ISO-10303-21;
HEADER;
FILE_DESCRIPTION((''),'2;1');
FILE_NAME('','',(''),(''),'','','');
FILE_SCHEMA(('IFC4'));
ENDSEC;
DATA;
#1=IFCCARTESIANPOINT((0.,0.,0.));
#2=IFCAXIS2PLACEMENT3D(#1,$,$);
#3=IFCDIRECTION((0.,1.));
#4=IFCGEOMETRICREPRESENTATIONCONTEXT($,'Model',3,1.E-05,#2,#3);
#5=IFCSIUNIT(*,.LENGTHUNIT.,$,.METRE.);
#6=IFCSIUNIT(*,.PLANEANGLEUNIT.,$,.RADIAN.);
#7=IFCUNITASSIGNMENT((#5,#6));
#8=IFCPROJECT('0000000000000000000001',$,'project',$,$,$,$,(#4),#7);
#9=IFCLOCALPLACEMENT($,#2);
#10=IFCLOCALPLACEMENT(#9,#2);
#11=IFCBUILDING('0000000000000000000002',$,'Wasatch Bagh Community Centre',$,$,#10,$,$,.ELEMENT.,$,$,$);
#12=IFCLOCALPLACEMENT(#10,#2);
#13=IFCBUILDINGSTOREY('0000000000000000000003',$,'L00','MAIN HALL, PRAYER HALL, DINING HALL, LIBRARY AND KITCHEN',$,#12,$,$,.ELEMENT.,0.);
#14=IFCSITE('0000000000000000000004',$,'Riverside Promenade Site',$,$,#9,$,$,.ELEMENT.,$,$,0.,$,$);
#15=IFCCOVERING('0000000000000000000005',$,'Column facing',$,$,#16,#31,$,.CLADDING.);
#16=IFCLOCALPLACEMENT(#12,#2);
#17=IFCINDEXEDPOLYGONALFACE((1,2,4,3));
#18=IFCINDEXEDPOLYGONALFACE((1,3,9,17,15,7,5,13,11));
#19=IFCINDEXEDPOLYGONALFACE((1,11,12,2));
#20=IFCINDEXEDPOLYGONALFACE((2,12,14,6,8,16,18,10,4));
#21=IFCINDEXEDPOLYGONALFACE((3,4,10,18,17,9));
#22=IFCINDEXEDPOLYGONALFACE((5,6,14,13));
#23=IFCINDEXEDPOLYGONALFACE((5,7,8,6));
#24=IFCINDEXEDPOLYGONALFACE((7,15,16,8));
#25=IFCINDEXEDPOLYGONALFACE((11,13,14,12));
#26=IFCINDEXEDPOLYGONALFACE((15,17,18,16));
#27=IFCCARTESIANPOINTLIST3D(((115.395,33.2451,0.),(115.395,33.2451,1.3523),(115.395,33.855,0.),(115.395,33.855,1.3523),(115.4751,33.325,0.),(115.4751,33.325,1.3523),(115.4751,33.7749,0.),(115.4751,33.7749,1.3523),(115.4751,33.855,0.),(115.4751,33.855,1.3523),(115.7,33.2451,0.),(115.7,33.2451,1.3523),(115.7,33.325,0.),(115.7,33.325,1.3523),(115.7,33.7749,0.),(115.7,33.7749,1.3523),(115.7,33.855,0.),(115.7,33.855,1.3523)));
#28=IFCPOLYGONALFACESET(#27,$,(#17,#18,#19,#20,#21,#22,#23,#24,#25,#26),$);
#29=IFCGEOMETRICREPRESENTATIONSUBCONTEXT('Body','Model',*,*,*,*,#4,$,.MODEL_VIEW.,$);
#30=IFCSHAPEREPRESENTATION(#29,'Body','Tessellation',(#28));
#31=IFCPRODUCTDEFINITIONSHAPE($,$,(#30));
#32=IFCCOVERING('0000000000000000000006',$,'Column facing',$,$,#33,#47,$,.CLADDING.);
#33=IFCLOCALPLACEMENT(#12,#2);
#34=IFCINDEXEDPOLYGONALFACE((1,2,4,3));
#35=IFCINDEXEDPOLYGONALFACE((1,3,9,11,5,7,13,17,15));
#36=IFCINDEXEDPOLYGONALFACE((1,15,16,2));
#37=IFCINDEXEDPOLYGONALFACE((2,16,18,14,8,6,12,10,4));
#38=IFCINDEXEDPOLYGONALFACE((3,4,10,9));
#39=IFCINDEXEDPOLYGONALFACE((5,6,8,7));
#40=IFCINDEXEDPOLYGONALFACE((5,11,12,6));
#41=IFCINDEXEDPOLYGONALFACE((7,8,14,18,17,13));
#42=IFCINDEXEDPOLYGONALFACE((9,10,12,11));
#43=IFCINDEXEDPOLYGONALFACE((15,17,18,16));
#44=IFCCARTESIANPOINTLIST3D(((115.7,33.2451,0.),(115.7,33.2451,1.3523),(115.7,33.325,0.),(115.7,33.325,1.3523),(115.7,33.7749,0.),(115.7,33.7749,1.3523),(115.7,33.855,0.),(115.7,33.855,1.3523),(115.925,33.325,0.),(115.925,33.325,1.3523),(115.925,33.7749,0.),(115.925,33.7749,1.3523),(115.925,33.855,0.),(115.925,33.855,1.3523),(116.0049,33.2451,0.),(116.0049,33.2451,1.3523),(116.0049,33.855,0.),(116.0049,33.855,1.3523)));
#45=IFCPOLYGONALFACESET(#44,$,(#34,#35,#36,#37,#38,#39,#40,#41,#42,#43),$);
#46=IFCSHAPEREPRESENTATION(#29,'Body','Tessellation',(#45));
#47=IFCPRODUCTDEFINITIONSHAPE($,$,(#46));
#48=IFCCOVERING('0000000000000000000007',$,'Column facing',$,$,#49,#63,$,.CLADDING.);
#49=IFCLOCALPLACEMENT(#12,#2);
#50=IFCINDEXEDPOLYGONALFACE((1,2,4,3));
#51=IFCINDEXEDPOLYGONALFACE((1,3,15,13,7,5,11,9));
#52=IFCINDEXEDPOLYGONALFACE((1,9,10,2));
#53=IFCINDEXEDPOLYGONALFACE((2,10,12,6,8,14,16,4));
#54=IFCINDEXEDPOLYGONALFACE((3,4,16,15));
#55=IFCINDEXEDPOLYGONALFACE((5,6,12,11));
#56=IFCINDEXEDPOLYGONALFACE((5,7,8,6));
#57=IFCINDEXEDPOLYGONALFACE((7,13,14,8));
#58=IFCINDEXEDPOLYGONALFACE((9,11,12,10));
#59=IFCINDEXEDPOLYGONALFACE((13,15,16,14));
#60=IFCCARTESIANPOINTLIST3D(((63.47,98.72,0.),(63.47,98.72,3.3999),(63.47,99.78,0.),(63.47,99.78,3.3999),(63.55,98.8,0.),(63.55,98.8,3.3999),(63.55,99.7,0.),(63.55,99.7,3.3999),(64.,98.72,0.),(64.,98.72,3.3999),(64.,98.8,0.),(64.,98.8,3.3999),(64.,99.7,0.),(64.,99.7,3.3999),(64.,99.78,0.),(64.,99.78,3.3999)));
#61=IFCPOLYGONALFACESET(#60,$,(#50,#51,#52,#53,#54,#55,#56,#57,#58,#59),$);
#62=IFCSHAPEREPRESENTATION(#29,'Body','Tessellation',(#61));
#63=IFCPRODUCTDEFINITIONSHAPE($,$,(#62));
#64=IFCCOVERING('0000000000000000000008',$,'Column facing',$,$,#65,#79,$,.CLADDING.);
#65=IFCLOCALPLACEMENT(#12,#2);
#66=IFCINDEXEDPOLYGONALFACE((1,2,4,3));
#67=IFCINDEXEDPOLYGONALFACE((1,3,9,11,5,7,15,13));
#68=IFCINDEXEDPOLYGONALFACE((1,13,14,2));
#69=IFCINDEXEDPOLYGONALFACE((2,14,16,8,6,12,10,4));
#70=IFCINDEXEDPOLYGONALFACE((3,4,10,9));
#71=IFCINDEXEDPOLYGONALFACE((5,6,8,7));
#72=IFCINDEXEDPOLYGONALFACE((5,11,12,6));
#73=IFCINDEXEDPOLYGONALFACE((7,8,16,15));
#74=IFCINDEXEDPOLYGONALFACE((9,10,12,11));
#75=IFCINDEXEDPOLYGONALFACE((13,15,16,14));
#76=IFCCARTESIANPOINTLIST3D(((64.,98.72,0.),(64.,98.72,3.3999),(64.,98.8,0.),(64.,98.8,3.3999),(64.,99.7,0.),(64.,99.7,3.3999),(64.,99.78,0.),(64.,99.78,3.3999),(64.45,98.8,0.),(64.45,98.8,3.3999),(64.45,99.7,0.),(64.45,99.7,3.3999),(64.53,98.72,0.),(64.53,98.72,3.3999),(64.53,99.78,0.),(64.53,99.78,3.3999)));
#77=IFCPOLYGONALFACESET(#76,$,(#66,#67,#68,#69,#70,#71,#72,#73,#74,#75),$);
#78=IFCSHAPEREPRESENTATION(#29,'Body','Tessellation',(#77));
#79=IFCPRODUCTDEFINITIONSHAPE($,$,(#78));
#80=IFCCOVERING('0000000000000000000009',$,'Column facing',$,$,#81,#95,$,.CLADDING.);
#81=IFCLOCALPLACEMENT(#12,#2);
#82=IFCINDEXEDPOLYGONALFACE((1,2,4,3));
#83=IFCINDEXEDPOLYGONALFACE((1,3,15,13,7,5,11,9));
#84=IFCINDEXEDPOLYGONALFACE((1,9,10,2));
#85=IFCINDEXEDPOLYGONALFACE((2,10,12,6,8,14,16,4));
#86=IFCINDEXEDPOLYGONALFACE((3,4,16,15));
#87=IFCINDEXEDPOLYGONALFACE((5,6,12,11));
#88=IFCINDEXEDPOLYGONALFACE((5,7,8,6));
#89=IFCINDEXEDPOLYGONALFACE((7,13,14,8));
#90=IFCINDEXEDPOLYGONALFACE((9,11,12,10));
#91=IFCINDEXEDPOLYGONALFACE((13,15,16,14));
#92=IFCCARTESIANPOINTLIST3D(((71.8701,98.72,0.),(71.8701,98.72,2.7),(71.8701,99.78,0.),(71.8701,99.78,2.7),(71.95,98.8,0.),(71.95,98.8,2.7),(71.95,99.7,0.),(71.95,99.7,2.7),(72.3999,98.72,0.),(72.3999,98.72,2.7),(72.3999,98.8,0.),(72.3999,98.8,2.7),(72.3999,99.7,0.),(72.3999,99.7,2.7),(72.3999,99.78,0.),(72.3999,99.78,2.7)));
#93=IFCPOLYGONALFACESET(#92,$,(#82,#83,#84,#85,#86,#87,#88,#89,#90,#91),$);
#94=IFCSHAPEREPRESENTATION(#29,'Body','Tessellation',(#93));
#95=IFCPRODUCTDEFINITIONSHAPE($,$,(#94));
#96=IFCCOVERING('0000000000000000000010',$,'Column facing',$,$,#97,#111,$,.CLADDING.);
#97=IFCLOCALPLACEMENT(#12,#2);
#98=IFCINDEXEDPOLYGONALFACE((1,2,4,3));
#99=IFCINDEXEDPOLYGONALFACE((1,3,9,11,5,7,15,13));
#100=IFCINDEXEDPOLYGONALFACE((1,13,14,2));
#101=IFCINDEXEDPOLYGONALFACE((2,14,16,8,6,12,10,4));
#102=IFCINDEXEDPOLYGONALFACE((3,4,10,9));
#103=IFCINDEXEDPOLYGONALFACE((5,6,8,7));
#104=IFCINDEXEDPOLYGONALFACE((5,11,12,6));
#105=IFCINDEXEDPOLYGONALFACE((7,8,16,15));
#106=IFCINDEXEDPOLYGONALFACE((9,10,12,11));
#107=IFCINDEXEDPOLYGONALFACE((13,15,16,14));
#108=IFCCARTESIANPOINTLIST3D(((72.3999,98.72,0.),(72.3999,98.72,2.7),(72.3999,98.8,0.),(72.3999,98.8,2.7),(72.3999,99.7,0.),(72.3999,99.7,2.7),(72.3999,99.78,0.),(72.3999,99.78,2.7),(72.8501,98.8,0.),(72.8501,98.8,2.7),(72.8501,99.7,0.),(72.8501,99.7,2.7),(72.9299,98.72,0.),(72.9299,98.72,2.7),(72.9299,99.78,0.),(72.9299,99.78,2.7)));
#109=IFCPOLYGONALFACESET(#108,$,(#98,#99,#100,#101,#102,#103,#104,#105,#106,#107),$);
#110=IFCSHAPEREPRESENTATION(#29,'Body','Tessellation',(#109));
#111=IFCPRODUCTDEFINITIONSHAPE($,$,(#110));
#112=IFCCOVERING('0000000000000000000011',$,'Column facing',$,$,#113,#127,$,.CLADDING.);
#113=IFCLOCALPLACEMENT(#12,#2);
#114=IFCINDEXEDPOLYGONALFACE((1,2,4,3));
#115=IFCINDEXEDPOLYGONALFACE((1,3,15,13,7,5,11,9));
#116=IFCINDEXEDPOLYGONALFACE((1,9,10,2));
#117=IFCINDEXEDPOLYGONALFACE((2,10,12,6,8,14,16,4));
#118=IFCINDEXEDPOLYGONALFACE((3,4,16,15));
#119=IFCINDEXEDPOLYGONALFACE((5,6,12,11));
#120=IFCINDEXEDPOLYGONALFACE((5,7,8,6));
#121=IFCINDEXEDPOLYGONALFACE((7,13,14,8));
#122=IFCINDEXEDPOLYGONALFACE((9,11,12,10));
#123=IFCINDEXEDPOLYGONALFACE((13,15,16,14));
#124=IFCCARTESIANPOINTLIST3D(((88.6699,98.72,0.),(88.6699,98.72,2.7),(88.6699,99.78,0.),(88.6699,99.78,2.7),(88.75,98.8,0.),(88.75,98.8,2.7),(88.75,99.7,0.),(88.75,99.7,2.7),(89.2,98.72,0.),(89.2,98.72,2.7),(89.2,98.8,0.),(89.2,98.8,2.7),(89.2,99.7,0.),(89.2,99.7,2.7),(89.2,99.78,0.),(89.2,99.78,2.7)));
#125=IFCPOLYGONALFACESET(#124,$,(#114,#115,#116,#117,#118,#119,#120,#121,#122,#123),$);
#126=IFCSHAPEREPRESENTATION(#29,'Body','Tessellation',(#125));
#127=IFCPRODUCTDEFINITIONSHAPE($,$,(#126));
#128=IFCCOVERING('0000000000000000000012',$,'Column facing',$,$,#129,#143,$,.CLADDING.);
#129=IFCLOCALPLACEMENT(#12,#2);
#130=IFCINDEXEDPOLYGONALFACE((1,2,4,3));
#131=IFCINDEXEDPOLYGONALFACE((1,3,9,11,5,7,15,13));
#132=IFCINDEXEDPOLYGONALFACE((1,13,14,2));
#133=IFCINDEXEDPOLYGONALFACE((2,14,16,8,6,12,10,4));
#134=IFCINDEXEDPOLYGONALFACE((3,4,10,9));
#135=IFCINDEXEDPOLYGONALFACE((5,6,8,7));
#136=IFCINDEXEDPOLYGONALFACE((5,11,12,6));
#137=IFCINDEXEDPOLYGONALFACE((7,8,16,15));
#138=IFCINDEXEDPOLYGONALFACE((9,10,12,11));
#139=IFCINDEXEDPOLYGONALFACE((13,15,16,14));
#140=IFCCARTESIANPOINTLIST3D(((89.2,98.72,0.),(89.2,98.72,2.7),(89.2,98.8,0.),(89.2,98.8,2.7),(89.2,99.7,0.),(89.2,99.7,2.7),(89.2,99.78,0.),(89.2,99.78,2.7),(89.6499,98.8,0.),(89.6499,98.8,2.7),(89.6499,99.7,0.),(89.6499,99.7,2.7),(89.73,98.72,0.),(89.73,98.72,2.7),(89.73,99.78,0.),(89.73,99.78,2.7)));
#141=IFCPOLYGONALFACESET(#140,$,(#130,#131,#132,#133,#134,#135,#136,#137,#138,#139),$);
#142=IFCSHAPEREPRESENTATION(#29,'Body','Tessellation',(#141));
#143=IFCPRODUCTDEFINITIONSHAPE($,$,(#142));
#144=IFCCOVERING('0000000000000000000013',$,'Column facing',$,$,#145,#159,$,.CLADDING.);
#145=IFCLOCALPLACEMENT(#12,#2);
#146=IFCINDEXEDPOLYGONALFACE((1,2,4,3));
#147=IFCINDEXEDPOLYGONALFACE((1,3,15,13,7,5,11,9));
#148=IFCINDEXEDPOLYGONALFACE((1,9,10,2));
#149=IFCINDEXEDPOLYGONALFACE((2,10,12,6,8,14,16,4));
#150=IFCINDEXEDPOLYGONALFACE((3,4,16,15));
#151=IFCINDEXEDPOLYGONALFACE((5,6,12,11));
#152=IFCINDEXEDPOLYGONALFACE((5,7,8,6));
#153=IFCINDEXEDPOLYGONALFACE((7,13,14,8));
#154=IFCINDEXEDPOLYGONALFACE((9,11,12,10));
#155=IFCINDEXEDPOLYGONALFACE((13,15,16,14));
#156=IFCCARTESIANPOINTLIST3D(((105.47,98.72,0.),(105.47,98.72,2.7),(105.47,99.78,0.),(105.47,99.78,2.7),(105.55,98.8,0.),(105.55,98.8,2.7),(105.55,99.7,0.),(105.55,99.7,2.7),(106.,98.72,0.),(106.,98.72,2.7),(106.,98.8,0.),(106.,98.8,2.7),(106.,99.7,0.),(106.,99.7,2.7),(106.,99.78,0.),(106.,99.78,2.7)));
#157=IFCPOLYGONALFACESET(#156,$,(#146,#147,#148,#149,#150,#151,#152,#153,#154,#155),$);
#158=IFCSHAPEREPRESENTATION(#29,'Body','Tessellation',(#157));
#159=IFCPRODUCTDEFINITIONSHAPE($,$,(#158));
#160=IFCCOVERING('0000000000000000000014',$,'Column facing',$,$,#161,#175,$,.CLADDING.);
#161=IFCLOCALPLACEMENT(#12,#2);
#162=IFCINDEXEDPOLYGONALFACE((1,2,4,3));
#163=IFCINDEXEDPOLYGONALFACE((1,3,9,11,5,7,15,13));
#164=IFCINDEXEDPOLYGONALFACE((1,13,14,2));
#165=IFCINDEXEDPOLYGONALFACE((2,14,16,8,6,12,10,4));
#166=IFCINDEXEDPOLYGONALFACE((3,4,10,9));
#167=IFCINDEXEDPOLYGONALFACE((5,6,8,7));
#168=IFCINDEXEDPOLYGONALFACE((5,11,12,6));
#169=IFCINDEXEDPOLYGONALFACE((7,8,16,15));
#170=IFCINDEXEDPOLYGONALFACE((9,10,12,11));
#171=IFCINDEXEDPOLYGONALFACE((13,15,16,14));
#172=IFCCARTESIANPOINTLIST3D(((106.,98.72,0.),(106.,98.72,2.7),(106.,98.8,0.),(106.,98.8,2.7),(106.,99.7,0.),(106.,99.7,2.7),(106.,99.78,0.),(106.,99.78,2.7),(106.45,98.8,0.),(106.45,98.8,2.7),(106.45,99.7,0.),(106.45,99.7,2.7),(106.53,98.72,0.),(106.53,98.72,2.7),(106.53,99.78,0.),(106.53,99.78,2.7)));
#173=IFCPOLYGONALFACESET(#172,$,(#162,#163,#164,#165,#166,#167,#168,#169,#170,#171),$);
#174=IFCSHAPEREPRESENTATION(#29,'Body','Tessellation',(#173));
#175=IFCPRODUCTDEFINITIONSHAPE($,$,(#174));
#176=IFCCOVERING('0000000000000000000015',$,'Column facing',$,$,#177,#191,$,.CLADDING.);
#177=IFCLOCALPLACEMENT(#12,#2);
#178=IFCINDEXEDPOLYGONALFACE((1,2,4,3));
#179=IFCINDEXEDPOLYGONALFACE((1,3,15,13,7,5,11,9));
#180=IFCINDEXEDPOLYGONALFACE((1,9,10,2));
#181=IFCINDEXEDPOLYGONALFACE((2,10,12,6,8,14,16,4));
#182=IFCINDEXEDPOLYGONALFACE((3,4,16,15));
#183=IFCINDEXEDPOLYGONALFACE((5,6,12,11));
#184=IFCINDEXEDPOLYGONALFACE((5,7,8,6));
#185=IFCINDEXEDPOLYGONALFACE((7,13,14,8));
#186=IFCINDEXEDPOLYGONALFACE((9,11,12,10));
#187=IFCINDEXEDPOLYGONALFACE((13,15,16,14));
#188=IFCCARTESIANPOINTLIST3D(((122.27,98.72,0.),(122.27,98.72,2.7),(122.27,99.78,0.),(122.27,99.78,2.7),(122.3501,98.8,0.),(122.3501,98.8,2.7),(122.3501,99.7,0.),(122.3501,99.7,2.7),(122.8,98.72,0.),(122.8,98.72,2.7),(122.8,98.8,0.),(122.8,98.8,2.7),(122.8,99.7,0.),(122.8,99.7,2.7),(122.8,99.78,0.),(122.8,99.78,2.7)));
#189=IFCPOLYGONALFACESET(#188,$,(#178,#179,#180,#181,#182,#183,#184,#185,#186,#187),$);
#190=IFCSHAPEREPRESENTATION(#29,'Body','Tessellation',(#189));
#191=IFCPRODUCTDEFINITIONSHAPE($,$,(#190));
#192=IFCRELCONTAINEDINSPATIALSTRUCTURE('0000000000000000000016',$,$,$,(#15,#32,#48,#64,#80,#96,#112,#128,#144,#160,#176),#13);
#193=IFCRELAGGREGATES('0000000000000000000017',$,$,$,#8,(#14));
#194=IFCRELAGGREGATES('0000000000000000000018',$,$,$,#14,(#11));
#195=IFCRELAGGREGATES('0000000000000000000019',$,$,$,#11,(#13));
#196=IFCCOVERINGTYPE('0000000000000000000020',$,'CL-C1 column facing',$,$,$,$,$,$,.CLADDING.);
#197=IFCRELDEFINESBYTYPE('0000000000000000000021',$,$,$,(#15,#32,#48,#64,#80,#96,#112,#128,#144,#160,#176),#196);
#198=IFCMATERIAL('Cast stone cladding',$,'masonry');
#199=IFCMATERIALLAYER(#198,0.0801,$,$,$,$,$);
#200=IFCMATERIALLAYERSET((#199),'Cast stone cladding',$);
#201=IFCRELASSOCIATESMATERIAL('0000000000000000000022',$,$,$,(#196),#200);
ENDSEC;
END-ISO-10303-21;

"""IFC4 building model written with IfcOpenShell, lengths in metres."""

from ifc_helpers import new_model, si_unit, direction, origin, place, context, subcontext, project, spatial, polyline, outline, extrude, material, layer, layer_set, type_object, element, save


model = new_model("IFC4")

# Units and contexts
model_context = context("Model", 3, precision=1e-05, world=origin(), true_north=direction((0.0, 1.0)))
body_context = subcontext(model_context, "Body", "Model", "MODEL_VIEW")
ifc_project = project(units=[si_unit("LENGTHUNIT", "METRE"), si_unit("PLANEANGLEUNIT", "RADIAN")], contexts=[model_context])

# Site, building, storey
site_placement = place(None, origin())
site = spatial("IfcSite", under=ifc_project, at=site_placement, Name="Riverside Promenade Site", CompositionType="ELEMENT", RefElevation=0.0)
building_placement = place(site_placement, origin())
building = spatial("IfcBuilding", under=site, at=building_placement, Name="Wasatch Bagh Community Centre", CompositionType="ELEMENT")
storey_placement = place(building_placement, origin())
storey = spatial("IfcBuildingStorey", under=building, at=storey_placement, Name="L00", Description="MAIN HALL, PRAYER HALL, DINING HALL, LIBRARY AND KITCHEN", CompositionType="ELEMENT", Elevation=0.0)

# Coverings
ifc_material = material(Name="Cast stone cladding", Category="masonry")
ifc_layer = layer(ifc_material, 0.0801)
ifc_layer_set = layer_set([ifc_layer], Name="Cast stone cladding")
covering_type = type_object("IfcCoveringType", Name="CL-C1 column facing", PredefinedType="CLADDING", material=ifc_layer_set)
covering_1_placement = place(storey_placement, origin())
element("IfcCovering", 1, at=covering_1_placement, inside=storey, type_object=covering_type, Name="Column facing", PredefinedType="CLADDING", context=body_context, shape_type="SweptSolid", body=[
    extrude(outline(polyline([(115.4751, 33.855), (115.7, 33.855), (115.7, 33.7749), (115.4751, 33.7749), (115.4751, 33.325), (115.7, 33.325), (115.7, 33.2451), (115.395, 33.2451), (115.395, 33.855), (115.4751, 33.855)])), origin(), (0.0, 0.0, 1.0), 1.3523),
])
covering_2_placement = place(storey_placement, origin())
element("IfcCovering", 2, at=covering_2_placement, inside=storey, type_object=covering_type, Name="Column facing", PredefinedType="CLADDING", context=body_context, shape_type="SweptSolid", body=[
    extrude(outline(polyline([(115.925, 33.855), (116.0049, 33.855), (116.0049, 33.2451), (115.7, 33.2451), (115.7, 33.325), (115.925, 33.325), (115.925, 33.7749), (115.7, 33.7749), (115.7, 33.855), (115.925, 33.855)])), origin(), (0.0, 0.0, 1.0), 1.3523),
])
covering_3_placement = place(storey_placement, origin())
element("IfcCovering", 3, at=covering_3_placement, inside=storey, type_object=covering_type, Name="Column facing", PredefinedType="CLADDING", context=body_context, shape_type="SweptSolid", body=[
    extrude(outline(polyline([(64.0, 99.78), (64.0, 99.7), (63.55, 99.7), (63.55, 98.8), (64.0, 98.8), (64.0, 98.72), (63.47, 98.72), (63.47, 99.78), (64.0, 99.78)])), origin(), (0.0, 0.0, 1.0), 3.3999),
])
covering_4_placement = place(storey_placement, origin())
element("IfcCovering", 4, at=covering_4_placement, inside=storey, type_object=covering_type, Name="Column facing", PredefinedType="CLADDING", context=body_context, shape_type="SweptSolid", body=[
    extrude(outline(polyline([(64.53, 99.78), (64.53, 98.72), (64.0, 98.72), (64.0, 98.8), (64.45, 98.8), (64.45, 99.7), (64.0, 99.7), (64.0, 99.78), (64.53, 99.78)])), origin(), (0.0, 0.0, 1.0), 3.3999),
])
covering_5_placement = place(storey_placement, origin())
element("IfcCovering", 5, at=covering_5_placement, inside=storey, type_object=covering_type, Name="Column facing", PredefinedType="CLADDING", context=body_context, shape_type="SweptSolid", body=[
    extrude(outline(polyline([(72.3999, 99.78), (72.3999, 99.7), (71.95, 99.7), (71.95, 98.8), (72.3999, 98.8), (72.3999, 98.72), (71.8701, 98.72), (71.8701, 99.78), (72.3999, 99.78)])), origin(), (0.0, 0.0, 1.0), 2.7),
])
covering_6_placement = place(storey_placement, origin())
element("IfcCovering", 6, at=covering_6_placement, inside=storey, type_object=covering_type, Name="Column facing", PredefinedType="CLADDING", context=body_context, shape_type="SweptSolid", body=[
    extrude(outline(polyline([(72.9299, 99.78), (72.9299, 98.72), (72.3999, 98.72), (72.3999, 98.8), (72.8501, 98.8), (72.8501, 99.7), (72.3999, 99.7), (72.3999, 99.78), (72.9299, 99.78)])), origin(), (0.0, 0.0, 1.0), 2.7),
])
covering_7_placement = place(storey_placement, origin())
element("IfcCovering", 7, at=covering_7_placement, inside=storey, type_object=covering_type, Name="Column facing", PredefinedType="CLADDING", context=body_context, shape_type="SweptSolid", body=[
    extrude(outline(polyline([(89.2, 99.78), (89.2, 99.7), (88.75, 99.7), (88.75, 98.8), (89.2, 98.8), (89.2, 98.72), (88.6699, 98.72), (88.6699, 99.78), (89.2, 99.78)])), origin(), (0.0, 0.0, 1.0), 2.7),
])
covering_8_placement = place(storey_placement, origin())
element("IfcCovering", 8, at=covering_8_placement, inside=storey, type_object=covering_type, Name="Column facing", PredefinedType="CLADDING", context=body_context, shape_type="SweptSolid", body=[
    extrude(outline(polyline([(89.73, 99.78), (89.73, 98.72), (89.2, 98.72), (89.2, 98.8), (89.6499, 98.8), (89.6499, 99.7), (89.2, 99.7), (89.2, 99.78), (89.73, 99.78)])), origin(), (0.0, 0.0, 1.0), 2.7),
])
covering_9_placement = place(storey_placement, origin())
element("IfcCovering", 9, at=covering_9_placement, inside=storey, type_object=covering_type, Name="Column facing", PredefinedType="CLADDING", context=body_context, shape_type="SweptSolid", body=[
    extrude(outline(polyline([(106.0, 99.78), (106.0, 99.7), (105.55, 99.7), (105.55, 98.8), (106.0, 98.8), (106.0, 98.72), (105.47, 98.72), (105.47, 99.78), (106.0, 99.78)])), origin(), (0.0, 0.0, 1.0), 2.7),
])
covering_10_placement = place(storey_placement, origin())
element("IfcCovering", 10, at=covering_10_placement, inside=storey, type_object=covering_type, Name="Column facing", PredefinedType="CLADDING", context=body_context, shape_type="SweptSolid", body=[
    extrude(outline(polyline([(106.53, 99.78), (106.53, 98.72), (106.0, 98.72), (106.0, 98.8), (106.45, 98.8), (106.45, 99.7), (106.0, 99.7), (106.0, 99.78), (106.53, 99.78)])), origin(), (0.0, 0.0, 1.0), 2.7),
])
covering_11_placement = place(storey_placement, origin())
element("IfcCovering", 11, at=covering_11_placement, inside=storey, type_object=covering_type, Name="Column facing", PredefinedType="CLADDING", context=body_context, shape_type="SweptSolid", body=[
    extrude(outline(polyline([(122.8, 99.78), (122.8, 99.7), (122.3501, 99.7), (122.3501, 98.8), (122.8, 98.8), (122.8, 98.72), (122.27, 98.72), (122.27, 99.78), (122.8, 99.78)])), origin(), (0.0, 0.0, 1.0), 2.7),
])

save(model, "model.ifc")
